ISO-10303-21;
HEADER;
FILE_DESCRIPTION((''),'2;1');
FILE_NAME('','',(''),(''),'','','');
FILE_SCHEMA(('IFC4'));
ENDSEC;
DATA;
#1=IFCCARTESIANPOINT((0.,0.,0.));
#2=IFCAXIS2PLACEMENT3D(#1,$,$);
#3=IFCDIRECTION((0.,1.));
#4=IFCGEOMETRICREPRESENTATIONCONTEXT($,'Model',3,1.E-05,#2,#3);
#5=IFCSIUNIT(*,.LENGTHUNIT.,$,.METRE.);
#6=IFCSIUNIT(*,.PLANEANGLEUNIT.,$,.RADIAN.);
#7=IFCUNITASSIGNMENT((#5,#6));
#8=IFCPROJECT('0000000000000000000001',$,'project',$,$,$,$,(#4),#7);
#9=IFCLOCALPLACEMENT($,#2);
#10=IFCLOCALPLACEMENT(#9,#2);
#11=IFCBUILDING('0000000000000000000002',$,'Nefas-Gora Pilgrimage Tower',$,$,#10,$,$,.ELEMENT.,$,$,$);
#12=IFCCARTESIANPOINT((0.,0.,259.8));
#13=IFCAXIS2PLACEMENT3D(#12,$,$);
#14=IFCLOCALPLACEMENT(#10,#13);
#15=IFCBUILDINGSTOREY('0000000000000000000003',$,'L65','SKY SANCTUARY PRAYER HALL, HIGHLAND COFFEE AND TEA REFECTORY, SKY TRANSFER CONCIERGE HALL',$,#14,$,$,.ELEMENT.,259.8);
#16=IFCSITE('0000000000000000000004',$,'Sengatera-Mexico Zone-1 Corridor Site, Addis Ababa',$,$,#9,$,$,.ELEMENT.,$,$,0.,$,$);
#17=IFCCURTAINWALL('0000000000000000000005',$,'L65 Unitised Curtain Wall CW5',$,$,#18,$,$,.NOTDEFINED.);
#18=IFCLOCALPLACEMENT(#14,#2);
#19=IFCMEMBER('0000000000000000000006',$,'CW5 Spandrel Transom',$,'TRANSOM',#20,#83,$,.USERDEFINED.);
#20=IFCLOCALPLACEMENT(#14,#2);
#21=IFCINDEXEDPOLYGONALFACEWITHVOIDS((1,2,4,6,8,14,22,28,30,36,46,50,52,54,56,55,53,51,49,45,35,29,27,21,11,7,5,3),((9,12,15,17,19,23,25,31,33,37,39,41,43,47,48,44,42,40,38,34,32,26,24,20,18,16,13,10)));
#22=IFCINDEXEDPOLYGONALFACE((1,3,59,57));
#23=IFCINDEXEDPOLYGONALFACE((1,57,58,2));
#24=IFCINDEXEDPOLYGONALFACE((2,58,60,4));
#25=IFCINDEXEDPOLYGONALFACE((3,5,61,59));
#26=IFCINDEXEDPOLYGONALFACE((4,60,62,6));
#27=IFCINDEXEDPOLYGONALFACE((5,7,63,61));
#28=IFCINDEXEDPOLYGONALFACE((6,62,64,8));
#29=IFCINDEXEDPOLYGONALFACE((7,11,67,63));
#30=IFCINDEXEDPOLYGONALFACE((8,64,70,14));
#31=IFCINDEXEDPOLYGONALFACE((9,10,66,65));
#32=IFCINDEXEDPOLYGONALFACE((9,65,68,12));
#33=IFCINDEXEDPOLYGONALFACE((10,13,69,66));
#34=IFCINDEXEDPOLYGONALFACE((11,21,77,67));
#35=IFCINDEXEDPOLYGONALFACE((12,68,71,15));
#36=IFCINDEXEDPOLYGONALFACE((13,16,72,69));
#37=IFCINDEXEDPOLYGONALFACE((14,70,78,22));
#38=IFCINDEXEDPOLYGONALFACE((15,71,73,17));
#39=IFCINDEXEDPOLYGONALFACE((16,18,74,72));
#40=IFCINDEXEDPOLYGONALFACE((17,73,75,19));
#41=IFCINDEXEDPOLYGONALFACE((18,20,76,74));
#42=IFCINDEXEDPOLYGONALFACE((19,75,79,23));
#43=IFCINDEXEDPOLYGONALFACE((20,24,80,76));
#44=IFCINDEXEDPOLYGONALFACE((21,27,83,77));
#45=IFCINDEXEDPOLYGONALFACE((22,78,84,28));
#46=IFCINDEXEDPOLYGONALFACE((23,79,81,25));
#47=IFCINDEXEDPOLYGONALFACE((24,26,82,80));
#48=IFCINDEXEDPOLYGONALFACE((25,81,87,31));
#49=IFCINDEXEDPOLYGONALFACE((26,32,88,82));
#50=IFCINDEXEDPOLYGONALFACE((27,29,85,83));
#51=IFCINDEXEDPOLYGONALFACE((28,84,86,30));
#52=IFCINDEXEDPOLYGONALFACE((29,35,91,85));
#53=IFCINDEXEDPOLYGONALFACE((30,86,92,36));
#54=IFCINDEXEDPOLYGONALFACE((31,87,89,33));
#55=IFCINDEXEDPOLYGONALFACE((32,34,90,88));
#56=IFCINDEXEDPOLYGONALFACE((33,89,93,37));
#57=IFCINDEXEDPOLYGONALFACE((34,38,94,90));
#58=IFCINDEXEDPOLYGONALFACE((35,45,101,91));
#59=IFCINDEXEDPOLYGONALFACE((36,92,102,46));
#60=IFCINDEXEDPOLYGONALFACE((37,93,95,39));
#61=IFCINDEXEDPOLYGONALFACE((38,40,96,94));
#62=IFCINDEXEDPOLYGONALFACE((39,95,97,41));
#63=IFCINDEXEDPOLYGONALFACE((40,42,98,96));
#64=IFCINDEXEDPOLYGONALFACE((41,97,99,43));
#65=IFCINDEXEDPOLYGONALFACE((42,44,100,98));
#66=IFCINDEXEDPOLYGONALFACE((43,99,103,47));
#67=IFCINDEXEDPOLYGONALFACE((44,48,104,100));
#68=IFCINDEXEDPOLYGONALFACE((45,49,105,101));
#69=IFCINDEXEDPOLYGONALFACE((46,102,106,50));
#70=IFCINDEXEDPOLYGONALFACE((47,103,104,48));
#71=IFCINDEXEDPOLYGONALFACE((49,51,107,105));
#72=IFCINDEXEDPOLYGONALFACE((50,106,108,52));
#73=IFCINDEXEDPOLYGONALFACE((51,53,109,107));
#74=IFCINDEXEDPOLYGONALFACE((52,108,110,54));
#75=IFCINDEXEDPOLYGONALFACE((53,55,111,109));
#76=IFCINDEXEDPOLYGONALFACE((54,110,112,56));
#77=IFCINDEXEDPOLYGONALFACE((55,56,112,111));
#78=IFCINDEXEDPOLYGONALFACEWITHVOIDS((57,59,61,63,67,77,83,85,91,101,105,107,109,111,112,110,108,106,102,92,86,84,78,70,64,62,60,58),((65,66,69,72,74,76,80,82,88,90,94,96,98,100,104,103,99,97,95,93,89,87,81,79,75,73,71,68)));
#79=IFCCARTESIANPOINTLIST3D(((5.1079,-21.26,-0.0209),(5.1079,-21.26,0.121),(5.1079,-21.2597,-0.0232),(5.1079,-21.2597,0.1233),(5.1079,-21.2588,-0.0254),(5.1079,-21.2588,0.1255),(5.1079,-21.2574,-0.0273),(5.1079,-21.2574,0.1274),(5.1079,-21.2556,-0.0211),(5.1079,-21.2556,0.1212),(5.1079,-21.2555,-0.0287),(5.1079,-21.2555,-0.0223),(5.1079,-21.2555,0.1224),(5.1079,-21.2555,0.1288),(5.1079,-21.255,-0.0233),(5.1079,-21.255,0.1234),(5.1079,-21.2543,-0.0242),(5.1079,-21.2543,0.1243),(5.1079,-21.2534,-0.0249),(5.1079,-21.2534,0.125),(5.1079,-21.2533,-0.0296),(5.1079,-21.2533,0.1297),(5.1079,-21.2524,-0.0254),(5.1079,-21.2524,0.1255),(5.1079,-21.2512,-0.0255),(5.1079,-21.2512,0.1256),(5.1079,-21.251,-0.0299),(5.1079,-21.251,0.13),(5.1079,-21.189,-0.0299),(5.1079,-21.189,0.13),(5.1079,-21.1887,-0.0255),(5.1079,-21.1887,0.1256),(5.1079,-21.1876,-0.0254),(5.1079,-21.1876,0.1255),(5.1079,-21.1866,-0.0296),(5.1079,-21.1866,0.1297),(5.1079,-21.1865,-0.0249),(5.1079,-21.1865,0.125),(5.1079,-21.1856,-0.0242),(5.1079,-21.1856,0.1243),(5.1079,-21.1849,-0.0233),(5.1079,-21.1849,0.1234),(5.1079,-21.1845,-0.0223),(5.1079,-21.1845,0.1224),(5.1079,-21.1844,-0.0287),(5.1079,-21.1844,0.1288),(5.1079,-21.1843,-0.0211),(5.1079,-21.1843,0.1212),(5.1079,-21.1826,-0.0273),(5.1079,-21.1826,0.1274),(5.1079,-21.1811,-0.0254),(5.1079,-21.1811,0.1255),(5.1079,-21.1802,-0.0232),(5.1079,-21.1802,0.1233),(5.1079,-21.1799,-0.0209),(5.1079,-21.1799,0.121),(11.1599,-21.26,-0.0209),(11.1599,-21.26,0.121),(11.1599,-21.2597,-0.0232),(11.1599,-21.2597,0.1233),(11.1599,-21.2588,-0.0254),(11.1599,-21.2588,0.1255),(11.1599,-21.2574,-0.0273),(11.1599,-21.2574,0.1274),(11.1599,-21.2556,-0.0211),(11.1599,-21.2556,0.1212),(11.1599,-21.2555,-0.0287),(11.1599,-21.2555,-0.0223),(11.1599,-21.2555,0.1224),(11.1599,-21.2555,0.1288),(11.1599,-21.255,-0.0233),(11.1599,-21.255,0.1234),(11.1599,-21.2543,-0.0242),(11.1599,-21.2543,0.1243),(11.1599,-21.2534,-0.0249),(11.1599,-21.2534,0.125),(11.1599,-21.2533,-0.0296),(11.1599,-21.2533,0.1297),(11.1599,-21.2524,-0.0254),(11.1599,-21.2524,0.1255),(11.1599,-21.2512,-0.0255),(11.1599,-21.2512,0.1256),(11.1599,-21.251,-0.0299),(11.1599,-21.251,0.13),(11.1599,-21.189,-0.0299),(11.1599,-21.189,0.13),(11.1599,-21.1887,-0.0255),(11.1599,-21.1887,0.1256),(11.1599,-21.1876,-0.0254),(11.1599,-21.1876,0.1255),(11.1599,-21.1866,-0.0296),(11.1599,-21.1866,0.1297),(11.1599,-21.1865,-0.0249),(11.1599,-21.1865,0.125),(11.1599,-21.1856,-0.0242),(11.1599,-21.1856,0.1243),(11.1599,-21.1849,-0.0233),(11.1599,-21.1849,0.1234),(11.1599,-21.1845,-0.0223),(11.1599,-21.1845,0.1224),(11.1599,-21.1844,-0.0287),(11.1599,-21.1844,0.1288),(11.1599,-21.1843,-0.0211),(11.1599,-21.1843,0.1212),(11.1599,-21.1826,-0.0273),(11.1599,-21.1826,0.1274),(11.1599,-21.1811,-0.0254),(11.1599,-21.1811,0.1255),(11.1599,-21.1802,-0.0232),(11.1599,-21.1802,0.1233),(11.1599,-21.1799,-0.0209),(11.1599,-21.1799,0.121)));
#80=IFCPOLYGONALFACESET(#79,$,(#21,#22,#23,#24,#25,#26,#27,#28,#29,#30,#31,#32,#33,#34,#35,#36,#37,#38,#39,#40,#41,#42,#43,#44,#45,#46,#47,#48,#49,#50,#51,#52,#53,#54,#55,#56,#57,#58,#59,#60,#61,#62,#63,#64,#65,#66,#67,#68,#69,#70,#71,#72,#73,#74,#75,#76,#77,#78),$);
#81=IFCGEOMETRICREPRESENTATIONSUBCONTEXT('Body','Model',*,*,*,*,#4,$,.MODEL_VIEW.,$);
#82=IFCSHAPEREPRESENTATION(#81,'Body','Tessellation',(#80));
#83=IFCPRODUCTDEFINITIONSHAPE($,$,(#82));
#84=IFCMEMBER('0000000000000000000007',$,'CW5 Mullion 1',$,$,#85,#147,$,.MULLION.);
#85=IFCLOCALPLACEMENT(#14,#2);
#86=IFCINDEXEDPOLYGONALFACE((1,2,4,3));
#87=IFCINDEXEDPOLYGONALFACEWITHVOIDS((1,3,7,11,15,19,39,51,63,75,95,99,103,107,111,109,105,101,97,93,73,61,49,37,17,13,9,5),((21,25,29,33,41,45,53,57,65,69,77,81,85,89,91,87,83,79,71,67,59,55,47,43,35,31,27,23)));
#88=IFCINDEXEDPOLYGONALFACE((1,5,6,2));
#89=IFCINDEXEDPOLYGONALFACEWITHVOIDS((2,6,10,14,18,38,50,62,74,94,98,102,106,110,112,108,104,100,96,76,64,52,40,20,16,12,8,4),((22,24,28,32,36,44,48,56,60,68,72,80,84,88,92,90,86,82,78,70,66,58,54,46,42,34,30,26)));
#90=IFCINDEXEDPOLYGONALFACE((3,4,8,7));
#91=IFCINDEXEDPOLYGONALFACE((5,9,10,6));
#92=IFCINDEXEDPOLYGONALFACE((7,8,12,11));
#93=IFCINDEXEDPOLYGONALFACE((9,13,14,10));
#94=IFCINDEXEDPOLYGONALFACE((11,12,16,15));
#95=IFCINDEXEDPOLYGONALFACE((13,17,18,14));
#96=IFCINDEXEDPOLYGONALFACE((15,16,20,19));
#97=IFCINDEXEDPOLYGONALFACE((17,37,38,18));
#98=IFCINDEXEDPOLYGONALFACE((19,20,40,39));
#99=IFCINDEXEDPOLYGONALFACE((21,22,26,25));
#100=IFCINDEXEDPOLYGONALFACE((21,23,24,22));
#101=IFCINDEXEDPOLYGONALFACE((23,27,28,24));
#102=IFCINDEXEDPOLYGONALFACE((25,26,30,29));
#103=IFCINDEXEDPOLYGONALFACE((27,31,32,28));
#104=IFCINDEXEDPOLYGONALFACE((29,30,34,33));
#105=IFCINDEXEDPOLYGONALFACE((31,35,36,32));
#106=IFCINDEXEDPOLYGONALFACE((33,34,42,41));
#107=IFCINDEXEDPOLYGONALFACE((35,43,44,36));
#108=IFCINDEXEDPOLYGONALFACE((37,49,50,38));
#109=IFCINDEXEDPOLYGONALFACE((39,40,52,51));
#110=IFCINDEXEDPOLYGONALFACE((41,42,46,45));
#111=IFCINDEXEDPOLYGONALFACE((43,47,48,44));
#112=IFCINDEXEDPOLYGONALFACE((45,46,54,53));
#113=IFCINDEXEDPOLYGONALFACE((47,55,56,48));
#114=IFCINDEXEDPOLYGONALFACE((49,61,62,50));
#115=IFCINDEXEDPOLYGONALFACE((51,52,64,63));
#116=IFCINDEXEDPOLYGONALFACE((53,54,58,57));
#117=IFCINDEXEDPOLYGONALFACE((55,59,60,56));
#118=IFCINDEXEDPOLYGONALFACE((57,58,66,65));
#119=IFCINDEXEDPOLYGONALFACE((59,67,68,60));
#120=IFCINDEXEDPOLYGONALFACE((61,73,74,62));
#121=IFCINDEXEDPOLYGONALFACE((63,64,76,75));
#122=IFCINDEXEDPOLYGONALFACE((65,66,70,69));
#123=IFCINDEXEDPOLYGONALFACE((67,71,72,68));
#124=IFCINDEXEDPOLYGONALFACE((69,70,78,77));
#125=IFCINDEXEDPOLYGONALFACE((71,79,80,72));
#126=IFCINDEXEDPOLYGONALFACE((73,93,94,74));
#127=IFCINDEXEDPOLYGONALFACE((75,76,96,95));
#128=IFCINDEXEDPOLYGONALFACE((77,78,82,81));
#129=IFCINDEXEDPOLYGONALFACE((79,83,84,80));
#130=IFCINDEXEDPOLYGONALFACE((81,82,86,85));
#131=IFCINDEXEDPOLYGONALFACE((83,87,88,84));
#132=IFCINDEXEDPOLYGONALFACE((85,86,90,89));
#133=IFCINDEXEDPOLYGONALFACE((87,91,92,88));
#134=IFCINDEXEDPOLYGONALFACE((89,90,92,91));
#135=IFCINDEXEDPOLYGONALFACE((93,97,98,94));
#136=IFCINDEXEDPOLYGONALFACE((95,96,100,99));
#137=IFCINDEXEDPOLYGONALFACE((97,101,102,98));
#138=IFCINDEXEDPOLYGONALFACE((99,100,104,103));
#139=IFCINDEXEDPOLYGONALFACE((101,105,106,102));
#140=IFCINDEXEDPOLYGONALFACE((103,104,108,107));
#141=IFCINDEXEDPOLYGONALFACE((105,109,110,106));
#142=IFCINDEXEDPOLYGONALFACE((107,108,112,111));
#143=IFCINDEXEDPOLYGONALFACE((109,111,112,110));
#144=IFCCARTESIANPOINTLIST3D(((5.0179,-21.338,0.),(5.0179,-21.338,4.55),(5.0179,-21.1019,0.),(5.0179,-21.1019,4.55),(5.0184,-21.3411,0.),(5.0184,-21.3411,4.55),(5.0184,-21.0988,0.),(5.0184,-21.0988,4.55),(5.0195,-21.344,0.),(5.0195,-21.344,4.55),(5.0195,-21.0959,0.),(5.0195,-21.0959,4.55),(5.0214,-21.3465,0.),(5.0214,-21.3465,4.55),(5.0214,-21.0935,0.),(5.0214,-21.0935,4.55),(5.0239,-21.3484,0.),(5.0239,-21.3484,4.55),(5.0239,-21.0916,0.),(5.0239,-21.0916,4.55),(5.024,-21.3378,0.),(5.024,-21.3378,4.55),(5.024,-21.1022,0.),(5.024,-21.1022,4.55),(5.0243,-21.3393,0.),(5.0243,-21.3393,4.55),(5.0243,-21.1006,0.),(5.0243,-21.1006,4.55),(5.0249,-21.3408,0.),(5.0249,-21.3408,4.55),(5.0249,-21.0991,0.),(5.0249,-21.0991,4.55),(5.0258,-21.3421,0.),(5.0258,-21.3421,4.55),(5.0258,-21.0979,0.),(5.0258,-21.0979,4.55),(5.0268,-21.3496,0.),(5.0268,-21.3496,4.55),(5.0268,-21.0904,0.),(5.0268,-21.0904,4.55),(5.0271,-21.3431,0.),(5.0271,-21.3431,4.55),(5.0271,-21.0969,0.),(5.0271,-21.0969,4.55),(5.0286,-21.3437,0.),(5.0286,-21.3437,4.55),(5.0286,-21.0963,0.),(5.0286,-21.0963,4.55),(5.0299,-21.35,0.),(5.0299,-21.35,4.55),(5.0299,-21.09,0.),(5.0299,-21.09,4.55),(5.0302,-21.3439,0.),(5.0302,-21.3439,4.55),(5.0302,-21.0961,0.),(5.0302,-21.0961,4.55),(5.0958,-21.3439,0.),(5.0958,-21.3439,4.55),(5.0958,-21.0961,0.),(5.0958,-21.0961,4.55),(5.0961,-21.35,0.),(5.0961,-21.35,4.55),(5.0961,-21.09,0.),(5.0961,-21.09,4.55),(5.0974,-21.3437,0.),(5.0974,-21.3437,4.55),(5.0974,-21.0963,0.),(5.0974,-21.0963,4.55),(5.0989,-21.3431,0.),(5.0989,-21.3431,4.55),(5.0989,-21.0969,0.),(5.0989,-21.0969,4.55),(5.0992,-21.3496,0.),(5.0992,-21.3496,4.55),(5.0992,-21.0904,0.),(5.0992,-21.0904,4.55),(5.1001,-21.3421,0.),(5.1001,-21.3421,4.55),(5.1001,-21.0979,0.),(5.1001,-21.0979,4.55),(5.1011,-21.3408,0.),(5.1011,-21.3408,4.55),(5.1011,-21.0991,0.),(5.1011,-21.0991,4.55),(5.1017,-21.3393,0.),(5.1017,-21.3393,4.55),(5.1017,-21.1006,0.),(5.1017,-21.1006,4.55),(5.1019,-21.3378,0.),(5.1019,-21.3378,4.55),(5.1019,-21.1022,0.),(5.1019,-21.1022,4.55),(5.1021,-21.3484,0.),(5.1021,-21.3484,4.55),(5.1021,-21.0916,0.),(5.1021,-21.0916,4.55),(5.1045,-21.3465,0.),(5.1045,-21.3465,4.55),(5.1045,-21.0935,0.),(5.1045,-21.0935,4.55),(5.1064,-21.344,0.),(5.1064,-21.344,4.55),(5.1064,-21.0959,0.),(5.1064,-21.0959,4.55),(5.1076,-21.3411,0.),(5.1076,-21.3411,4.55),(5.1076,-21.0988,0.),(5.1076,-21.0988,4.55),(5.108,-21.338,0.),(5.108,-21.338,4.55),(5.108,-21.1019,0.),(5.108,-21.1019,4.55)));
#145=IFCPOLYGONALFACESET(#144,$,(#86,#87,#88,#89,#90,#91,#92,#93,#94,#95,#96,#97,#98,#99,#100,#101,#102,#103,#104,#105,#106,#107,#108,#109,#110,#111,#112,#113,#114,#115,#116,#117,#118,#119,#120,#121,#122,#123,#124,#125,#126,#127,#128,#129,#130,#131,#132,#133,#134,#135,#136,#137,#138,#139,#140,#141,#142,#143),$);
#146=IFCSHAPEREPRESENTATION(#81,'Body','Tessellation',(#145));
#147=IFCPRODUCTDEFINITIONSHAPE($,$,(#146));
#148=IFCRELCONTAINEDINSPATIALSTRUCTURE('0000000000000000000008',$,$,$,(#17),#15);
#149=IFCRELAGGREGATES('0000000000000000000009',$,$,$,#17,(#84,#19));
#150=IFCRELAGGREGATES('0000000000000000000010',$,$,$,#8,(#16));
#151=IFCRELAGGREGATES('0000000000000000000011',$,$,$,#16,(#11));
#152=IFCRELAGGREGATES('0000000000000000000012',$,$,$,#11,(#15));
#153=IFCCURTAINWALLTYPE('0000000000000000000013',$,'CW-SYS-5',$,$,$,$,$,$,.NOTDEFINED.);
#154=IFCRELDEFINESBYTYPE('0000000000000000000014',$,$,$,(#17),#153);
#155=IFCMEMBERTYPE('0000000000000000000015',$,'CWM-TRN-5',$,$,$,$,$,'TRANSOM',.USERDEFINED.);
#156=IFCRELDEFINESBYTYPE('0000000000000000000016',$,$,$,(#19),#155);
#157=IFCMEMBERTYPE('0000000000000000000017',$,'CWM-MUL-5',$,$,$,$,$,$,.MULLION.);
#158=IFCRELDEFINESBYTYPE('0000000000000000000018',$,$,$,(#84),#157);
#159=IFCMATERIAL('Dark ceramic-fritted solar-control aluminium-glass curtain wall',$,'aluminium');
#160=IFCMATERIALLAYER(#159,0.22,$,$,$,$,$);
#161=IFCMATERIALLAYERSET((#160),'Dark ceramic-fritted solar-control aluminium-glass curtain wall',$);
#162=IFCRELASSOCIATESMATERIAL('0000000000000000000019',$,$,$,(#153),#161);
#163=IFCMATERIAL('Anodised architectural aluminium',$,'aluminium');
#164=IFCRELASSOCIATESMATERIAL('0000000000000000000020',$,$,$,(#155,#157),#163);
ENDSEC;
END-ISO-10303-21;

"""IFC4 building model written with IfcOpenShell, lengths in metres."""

from ifc_helpers import new_model, si_unit, direction, frame, origin, origin_2d, place, context, subcontext, project, spatial, hollow_rectangle, extrude, source, transform, mapped, material, layer, layer_set, material_profile, profile_set, type_object, element, aggregate, save


model = new_model("IFC4")

# Units and contexts
model_context = context("Model", 3, precision=1e-05, world=origin(), true_north=direction((0.0, 1.0)))
body_context = subcontext(model_context, "Body", "Model", "MODEL_VIEW")
ifc_project = project(units=[si_unit("LENGTHUNIT", "METRE"), si_unit("PLANEANGLEUNIT", "RADIAN")], contexts=[model_context])

# Site, building, storey
site_placement = place(None, origin())
site = spatial("IfcSite", under=ifc_project, at=site_placement, Name="Sengatera-Mexico Zone-1 Corridor Site, Addis Ababa", CompositionType="ELEMENT", RefElevation=0.0)
building_placement = place(site_placement, origin())
building = spatial("IfcBuilding", under=site, at=building_placement, Name="Nefas-Gora Pilgrimage Tower", CompositionType="ELEMENT")
storey_placement = place(building_placement, frame((0.0, 0.0, 259.8)))
storey = spatial("IfcBuildingStorey", under=building, at=storey_placement, Name="L65", Description="SKY SANCTUARY PRAYER HALL, HIGHLAND COFFEE AND TEA REFECTORY, SKY TRANSFER CONCIERGE HALL", CompositionType="ELEMENT", Elevation=259.8)

# Curtain wall, members
ifc_material_1 = material(Name="Dark ceramic-fritted solar-control aluminium-glass curtain wall", Category="aluminium")
ifc_layer_1 = layer(ifc_material_1, 0.22)
ifc_layer_set_1 = layer_set([ifc_layer_1], Name="Dark ceramic-fritted solar-control aluminium-glass curtain wall")
curtain_wall_type = type_object("IfcCurtainWallType", Name="CW-SYS-5", PredefinedType="NOTDEFINED", material=ifc_layer_set_1)
curtain_wall_1_placement = place(storey_placement, origin())
curtain_wall_1 = element("IfcCurtainWall", 1, at=curtain_wall_1_placement, inside=storey, type_object=curtain_wall_type, Name="L65 Unitised Curtain Wall CW5", PredefinedType="NOTDEFINED")
ifc_material_2 = material(Name="Anodised architectural aluminium", Category="aluminium")
ifc_material_profile_1 = material_profile(ifc_material_2, hollow_rectangle(XDim=0.0801, YDim=0.1599, WallThickness=0.0044, InnerFilletRadius=0.0044, OuterFilletRadius=0.009, at=origin_2d()), Name="ALU TRANSOM 80x160")
ifc_profile_set_1 = profile_set([ifc_material_profile_1], Name="Anodised architectural aluminium")
member_type_1 = type_object("IfcMemberType", Name="CWM-TRN-5", ElementType="TRANSOM", PredefinedType="USERDEFINED", material=ifc_profile_set_1)
shared_shape_1 = source(origin(), body_context, "Body", "SweptSolid", [
    extrude(hollow_rectangle(XDim=0.0801, YDim=0.1599, WallThickness=0.0044, InnerFilletRadius=0.0044, OuterFilletRadius=0.009, at=origin_2d()), origin(), (0.0, 0.0, 1.0), 6.052),
])
member_1_placement = place(storey_placement, frame((5.1079, -21.22, 0.05), z_axis=(1.0, 0.0, 0.0), x_axis=(0.0, 1.0, 0.0)))
member_1 = element("IfcMember", 2, at=member_1_placement, type_object=member_type_1, Name="CW5 Spandrel Transom", ObjectType="TRANSOM", PredefinedType="USERDEFINED", context=body_context, shape_type="MappedRepresentation", body=[
    mapped(shared_shape_1, transform((0.0, 0.0, 0.0), x_axis=(1.0, 0.0, 0.0), y_axis=(0.0, 1.0, 0.0), z_axis=(0.0, 0.0, 1.0), scale=1.0)),
])
ifc_material_profile_2 = material_profile(ifc_material_2, hollow_rectangle(XDim=0.0901, YDim=0.26, WallThickness=0.0061, InnerFilletRadius=0.0061, OuterFilletRadius=0.012, at=origin_2d()), Name="ALU MULLION 90x260")
ifc_profile_set_2 = profile_set([ifc_material_profile_2], Name="Anodised architectural aluminium")
member_type_2 = type_object("IfcMemberType", Name="CWM-MUL-5", PredefinedType="MULLION", material=ifc_profile_set_2)
shared_shape_2 = source(origin(), body_context, "Body", "SweptSolid", [
    extrude(hollow_rectangle(XDim=0.0901, YDim=0.26, WallThickness=0.0061, InnerFilletRadius=0.0061, OuterFilletRadius=0.012, at=origin_2d()), origin(), (0.0, 0.0, 1.0), 4.55),
])
member_2_placement = place(storey_placement, frame((5.063, -21.22, 0.0), z_axis=(0.0, 0.0, 1.0), x_axis=(1.0, 0.0, 0.0)))
member_2 = element("IfcMember", 3, at=member_2_placement, type_object=member_type_2, Name="CW5 Mullion 1", PredefinedType="MULLION", context=body_context, shape_type="MappedRepresentation", body=[
    mapped(shared_shape_2, transform((0.0, 0.0, 0.0), x_axis=(1.0, 0.0, 0.0), y_axis=(0.0, 1.0, 0.0), z_axis=(0.0, 0.0, 1.0), scale=1.0)),
])

aggregate(curtain_wall_1, [member_2, member_1])

save(model, "model.ifc")
